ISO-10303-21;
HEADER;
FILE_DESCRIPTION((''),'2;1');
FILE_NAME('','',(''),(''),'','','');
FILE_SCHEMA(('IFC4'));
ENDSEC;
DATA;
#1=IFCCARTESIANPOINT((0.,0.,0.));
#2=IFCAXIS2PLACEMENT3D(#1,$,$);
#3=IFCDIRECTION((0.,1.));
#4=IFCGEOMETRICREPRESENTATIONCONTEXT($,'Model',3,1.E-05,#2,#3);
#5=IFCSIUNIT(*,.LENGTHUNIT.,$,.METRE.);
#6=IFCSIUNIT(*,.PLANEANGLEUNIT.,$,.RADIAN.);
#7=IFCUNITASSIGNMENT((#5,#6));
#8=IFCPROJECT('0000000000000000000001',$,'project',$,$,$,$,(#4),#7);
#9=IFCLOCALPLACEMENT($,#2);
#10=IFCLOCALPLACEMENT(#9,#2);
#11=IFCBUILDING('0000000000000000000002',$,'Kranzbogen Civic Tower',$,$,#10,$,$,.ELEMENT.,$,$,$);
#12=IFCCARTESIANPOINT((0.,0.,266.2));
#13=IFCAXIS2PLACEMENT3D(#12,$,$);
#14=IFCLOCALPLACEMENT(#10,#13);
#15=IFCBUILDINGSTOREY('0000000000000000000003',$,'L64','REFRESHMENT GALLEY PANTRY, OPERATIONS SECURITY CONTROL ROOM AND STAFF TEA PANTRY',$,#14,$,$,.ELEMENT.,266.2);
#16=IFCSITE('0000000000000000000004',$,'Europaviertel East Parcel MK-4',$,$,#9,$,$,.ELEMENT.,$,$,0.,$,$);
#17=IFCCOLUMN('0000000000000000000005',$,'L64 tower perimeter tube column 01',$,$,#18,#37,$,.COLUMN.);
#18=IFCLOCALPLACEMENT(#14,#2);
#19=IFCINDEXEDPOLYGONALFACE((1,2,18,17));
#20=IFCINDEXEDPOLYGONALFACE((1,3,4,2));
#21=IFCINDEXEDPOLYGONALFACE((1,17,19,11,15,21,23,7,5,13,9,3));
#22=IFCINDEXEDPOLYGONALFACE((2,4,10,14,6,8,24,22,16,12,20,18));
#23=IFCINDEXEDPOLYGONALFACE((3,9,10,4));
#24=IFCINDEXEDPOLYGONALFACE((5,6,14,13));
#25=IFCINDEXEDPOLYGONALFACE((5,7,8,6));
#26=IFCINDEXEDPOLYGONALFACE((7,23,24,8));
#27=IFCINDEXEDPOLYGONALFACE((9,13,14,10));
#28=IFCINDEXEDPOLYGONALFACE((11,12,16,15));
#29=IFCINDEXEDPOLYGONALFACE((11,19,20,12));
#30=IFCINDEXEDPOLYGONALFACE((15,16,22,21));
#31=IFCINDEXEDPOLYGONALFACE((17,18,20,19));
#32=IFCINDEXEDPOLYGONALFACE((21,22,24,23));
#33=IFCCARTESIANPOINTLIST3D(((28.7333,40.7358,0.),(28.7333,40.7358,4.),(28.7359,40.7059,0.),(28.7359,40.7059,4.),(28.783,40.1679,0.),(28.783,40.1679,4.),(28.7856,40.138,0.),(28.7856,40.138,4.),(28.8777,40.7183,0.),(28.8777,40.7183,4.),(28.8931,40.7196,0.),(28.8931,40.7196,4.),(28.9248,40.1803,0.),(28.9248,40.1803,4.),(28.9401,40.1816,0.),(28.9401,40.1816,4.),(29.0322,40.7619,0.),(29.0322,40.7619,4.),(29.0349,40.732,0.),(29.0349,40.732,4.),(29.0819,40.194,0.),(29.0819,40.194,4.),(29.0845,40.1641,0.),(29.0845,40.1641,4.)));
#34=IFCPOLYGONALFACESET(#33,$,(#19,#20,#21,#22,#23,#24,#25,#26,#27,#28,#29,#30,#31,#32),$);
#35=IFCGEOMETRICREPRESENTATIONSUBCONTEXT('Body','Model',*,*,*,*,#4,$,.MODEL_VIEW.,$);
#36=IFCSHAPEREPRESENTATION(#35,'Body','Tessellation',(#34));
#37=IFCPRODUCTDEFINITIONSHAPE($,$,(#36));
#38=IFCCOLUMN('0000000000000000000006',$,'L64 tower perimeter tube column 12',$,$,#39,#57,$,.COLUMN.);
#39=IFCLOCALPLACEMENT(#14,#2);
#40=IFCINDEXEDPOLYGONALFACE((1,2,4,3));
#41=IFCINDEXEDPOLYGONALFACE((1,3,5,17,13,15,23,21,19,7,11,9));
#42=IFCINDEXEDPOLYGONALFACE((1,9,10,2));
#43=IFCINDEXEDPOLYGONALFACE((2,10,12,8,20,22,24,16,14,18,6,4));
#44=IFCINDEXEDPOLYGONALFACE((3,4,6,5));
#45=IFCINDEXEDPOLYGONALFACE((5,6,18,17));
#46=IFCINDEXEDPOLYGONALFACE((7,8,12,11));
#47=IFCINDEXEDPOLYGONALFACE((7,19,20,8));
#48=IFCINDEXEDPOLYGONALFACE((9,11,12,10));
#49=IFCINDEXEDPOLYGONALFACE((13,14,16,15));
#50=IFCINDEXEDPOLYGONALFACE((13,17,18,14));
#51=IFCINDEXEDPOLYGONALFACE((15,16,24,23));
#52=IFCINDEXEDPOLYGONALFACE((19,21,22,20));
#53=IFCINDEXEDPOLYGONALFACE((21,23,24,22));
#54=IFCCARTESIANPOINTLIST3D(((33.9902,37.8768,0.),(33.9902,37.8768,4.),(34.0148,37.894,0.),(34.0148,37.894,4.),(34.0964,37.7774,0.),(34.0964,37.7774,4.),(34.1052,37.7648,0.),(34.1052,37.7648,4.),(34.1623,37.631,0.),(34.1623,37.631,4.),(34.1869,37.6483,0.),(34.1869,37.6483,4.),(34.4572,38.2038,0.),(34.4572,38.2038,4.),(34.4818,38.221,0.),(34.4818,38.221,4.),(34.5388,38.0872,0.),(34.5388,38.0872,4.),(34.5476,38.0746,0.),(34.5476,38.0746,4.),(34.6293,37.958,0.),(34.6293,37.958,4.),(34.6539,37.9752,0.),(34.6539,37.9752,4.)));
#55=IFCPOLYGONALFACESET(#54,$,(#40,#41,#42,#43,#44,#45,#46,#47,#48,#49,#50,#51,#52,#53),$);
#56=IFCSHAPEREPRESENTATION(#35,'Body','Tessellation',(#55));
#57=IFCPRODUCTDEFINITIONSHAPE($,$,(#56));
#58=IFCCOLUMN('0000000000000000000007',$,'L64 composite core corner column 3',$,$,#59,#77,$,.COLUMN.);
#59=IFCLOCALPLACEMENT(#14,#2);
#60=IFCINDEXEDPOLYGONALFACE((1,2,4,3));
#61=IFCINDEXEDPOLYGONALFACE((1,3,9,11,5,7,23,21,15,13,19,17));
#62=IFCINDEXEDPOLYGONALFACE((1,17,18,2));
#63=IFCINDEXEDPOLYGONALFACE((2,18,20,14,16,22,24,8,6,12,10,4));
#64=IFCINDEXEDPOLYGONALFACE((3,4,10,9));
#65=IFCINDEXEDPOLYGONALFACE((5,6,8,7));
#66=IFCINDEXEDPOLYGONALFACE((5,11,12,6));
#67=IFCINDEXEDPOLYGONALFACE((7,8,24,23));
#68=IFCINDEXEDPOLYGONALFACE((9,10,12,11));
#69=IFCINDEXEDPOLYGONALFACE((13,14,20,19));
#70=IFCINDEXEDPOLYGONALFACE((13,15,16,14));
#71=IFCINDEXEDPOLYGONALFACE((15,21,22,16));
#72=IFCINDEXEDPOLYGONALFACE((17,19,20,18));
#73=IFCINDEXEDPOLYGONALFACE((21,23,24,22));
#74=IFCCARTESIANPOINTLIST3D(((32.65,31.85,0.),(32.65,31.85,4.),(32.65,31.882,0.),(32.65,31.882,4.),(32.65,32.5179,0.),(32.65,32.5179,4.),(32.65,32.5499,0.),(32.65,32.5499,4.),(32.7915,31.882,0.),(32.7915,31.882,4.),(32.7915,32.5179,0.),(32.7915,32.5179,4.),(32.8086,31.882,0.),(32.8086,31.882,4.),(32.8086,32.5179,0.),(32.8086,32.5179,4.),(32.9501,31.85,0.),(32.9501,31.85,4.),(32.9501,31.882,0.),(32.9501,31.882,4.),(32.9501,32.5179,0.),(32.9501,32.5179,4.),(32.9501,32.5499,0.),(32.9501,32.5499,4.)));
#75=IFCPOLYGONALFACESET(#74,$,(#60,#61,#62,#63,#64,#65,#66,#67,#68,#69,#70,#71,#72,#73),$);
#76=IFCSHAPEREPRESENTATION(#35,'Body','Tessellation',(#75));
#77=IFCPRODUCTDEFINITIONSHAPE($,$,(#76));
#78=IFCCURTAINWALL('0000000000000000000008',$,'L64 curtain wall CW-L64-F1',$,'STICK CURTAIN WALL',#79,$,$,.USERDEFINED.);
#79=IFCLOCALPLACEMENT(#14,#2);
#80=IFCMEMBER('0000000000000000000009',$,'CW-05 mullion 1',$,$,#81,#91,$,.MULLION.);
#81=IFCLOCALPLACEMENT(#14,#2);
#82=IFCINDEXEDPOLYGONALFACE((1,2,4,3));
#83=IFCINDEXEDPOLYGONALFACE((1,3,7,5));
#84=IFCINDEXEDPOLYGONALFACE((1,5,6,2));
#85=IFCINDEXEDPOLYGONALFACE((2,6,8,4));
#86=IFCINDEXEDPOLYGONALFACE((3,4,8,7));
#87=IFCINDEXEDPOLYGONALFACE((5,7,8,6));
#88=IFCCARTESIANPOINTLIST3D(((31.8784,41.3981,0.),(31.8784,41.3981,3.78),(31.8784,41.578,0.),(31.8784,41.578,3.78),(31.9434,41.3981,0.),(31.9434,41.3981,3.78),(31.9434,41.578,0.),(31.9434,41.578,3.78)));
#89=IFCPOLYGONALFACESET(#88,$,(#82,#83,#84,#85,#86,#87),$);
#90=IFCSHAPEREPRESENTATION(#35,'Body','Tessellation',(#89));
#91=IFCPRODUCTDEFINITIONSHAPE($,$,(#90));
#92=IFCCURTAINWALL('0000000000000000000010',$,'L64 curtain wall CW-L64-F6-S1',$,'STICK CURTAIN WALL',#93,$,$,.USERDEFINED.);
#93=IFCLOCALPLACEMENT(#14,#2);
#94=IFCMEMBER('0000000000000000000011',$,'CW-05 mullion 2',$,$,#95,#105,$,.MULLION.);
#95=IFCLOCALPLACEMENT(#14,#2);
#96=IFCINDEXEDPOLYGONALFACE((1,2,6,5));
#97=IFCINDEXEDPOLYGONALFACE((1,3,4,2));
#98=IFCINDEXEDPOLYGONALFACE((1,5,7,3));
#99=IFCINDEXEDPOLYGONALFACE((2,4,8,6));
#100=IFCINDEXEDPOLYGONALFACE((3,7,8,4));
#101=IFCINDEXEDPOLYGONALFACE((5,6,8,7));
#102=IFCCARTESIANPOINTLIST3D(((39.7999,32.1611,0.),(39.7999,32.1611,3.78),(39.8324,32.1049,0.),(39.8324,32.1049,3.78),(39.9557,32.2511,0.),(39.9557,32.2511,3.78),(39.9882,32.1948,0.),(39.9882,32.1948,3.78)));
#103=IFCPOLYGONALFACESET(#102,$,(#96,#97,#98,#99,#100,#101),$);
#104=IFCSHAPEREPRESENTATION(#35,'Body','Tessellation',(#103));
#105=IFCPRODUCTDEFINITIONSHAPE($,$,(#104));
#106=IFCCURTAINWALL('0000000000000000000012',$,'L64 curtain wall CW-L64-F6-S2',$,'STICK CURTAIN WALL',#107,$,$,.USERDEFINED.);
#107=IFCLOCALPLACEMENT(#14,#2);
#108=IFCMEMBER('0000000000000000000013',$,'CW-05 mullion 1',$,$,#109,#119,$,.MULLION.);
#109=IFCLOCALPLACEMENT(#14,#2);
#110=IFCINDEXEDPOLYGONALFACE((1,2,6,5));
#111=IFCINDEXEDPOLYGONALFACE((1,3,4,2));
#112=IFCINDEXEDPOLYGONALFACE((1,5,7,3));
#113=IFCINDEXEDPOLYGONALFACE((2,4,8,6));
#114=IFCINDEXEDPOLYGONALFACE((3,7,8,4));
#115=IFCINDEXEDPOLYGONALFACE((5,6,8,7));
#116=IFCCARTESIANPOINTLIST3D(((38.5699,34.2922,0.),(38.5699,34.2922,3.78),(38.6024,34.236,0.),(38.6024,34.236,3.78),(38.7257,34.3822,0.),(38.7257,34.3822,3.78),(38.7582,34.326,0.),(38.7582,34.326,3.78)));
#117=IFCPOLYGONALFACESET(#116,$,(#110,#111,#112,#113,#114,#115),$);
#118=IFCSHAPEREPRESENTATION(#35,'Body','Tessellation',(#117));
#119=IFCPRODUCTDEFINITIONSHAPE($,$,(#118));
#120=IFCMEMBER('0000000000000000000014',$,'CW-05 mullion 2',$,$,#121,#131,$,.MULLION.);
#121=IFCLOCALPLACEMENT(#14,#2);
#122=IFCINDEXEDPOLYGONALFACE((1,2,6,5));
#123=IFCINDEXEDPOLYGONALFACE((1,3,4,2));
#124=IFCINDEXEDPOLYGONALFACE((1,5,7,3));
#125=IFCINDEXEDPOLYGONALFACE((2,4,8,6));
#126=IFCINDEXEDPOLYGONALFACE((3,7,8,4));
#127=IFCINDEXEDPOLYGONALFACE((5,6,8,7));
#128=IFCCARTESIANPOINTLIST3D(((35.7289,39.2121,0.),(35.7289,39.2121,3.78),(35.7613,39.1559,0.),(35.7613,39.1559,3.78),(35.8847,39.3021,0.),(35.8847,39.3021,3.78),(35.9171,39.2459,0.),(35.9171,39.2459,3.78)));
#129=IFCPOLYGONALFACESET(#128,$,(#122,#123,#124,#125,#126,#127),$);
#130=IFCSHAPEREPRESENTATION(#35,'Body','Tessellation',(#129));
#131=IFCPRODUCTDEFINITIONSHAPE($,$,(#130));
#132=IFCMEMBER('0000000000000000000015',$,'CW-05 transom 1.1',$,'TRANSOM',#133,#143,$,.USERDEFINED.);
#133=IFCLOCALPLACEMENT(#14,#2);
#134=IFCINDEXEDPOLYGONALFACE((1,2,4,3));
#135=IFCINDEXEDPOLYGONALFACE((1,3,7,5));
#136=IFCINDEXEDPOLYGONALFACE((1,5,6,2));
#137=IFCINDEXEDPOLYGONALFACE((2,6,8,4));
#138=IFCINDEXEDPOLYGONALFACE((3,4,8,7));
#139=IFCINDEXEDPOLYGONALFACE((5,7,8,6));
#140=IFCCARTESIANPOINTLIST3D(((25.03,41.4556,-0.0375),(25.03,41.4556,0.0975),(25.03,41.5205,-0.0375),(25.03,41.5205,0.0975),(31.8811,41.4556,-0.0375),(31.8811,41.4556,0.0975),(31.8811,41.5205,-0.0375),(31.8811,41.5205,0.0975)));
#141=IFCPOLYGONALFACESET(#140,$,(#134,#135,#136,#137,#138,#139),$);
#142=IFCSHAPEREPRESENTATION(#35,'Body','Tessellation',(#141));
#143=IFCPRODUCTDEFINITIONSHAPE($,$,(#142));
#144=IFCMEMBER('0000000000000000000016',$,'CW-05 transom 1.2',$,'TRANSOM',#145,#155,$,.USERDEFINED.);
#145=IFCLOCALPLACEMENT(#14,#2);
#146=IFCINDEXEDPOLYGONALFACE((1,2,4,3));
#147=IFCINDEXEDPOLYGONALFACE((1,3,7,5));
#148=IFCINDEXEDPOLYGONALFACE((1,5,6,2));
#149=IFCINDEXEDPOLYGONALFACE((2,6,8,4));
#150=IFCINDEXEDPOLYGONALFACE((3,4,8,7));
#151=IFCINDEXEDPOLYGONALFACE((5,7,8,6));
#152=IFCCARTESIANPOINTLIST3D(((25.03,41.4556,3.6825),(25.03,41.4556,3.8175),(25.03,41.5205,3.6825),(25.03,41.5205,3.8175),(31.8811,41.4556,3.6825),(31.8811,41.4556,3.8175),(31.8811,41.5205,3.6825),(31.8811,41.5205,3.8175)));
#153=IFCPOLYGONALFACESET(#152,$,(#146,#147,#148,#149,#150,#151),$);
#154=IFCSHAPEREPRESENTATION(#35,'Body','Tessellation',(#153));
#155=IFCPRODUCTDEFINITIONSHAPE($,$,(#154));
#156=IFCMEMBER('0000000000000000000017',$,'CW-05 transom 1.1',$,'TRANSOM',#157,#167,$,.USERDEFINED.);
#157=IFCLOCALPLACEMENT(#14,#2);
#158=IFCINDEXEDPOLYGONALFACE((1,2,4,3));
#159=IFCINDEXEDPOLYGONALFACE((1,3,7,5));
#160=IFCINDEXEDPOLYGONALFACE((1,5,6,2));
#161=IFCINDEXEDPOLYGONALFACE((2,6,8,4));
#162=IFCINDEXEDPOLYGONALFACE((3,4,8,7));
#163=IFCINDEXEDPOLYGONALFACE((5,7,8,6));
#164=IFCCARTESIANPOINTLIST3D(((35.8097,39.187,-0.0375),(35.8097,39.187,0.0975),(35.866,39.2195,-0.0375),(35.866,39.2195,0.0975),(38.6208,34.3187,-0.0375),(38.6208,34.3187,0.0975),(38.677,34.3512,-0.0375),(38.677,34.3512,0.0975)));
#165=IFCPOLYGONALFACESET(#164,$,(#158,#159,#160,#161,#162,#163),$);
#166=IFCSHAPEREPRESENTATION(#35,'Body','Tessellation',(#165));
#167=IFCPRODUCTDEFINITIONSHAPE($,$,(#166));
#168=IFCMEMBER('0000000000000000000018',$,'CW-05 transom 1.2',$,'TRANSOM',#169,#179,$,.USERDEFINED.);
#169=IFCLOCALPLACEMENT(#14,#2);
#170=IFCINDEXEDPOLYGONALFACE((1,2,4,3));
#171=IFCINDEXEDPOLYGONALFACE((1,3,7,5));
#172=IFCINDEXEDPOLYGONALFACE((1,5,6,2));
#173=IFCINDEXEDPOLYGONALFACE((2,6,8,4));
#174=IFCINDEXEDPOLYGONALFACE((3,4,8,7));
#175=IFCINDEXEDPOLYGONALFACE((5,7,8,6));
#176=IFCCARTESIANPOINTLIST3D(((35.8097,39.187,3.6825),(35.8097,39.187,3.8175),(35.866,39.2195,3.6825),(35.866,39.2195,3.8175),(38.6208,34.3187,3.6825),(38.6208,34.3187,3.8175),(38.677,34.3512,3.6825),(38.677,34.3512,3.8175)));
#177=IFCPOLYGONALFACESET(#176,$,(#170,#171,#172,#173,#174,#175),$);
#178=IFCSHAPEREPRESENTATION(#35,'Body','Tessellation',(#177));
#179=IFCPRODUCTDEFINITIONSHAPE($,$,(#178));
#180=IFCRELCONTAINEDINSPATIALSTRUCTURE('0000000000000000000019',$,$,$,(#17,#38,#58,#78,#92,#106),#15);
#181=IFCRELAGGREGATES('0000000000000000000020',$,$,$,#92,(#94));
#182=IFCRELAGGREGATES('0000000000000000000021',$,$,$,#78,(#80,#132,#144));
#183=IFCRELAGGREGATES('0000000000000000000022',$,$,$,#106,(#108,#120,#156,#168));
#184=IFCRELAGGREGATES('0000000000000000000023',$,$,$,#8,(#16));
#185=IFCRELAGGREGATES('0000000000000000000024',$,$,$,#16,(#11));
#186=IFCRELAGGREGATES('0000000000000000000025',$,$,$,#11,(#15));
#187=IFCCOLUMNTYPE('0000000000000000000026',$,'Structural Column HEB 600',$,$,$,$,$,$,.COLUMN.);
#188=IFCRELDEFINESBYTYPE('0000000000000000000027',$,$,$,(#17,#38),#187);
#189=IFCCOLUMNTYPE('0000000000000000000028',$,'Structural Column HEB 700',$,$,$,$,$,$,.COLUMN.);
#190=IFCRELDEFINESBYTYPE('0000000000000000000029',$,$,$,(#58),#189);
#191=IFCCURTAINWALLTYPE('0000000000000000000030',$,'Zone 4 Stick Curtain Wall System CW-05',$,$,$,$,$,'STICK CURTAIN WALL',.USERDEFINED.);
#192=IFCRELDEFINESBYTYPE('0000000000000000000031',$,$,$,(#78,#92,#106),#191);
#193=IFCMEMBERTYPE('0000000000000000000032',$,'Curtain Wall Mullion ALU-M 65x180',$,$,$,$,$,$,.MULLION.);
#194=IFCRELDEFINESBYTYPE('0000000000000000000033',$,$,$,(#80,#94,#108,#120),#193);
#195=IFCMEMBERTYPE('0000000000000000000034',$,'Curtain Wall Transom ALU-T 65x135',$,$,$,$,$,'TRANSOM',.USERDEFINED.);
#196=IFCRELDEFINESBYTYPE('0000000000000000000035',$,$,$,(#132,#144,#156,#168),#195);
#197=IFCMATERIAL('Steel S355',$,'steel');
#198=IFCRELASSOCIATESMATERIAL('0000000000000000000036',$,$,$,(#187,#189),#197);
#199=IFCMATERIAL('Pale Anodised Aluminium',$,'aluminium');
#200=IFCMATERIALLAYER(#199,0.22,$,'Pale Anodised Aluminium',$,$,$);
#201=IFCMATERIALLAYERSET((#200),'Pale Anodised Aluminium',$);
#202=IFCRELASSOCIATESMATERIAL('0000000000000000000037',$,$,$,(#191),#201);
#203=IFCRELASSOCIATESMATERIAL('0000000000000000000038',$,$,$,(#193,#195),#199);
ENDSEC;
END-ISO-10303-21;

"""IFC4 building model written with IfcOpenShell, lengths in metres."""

from ifc_helpers import new_model, si_unit, direction, frame, origin, origin_2d, place, context, subcontext, project, spatial, rectangle, i_section, extrude, material, layer, layer_set, material_profile, profile_set, type_object, element, aggregate, save


model = new_model("IFC4")

# Units and contexts
model_context = context("Model", 3, precision=1e-05, world=origin(), true_north=direction((0.0, 1.0)))
body_context = subcontext(model_context, "Body", "Model", "MODEL_VIEW")
ifc_project = project(units=[si_unit("LENGTHUNIT", "METRE"), si_unit("PLANEANGLEUNIT", "RADIAN")], contexts=[model_context])

# Site, building, storey
site_placement = place(None, origin())
site = spatial("IfcSite", under=ifc_project, at=site_placement, Name="Europaviertel East Parcel MK-4", CompositionType="ELEMENT", RefElevation=0.0)
building_placement = place(site_placement, origin())
building = spatial("IfcBuilding", under=site, at=building_placement, Name="Kranzbogen Civic Tower", CompositionType="ELEMENT")
storey_placement = place(building_placement, frame((0.0, 0.0, 266.2)))
storey = spatial("IfcBuildingStorey", under=building, at=storey_placement, Name="L64", Description="REFRESHMENT GALLEY PANTRY, OPERATIONS SECURITY CONTROL ROOM AND STAFF TEA PANTRY", CompositionType="ELEMENT", Elevation=266.2)

# Columns
ifc_material_1 = material(Name="Steel S355", Category="steel")
ifc_material_profile_1 = material_profile(ifc_material_1, i_section(OverallWidth=0.3, OverallDepth=0.6001, WebThickness=0.0154, FlangeThickness=0.03, at=origin_2d()), Name="HEB 600")
ifc_profile_set_1 = profile_set([ifc_material_profile_1], Name="Steel S355")
column_type_1 = type_object("IfcColumnType", Name="Structural Column HEB 600", PredefinedType="COLUMN", material=ifc_profile_set_1)
for number, where, z_axis, x_axis, name in (
    (1, (28.9089, 40.45, 0.0), (0.0, 0.0, 1.0), (0.996195, 0.087156, 0.0), "L64 tower perimeter tube column 01"),
    (2, (34.322, 37.926, 0.0), (0.0, 0.0, 1.0), (-0.573576, 0.819152, 0.0), "L64 tower perimeter tube column 12"),
):
    element("IfcColumn", number, at=place(storey_placement, frame(where, z_axis=z_axis, x_axis=x_axis)), inside=storey, type_object=column_type_1, Name=name, PredefinedType="COLUMN", context=body_context, shape_type="SweptSolid", body=[
        extrude(i_section(OverallWidth=0.3, OverallDepth=0.6001, WebThickness=0.0154, FlangeThickness=0.03, at=origin_2d()), origin(), (0.0, 0.0, 1.0), 4.0),
    ])
ifc_material_profile_2 = material_profile(ifc_material_1, i_section(OverallWidth=0.3, OverallDepth=0.7, WebThickness=0.0171, FlangeThickness=0.032, at=origin_2d()), Name="HEB 700")
ifc_profile_set_2 = profile_set([ifc_material_profile_2], Name="Steel S355")
column_type_2 = type_object("IfcColumnType", Name="Structural Column HEB 700", PredefinedType="COLUMN", material=ifc_profile_set_2)
column_placement = place(storey_placement, frame((32.8, 32.2, 0.0), z_axis=(0.0, 0.0, 1.0), x_axis=(1.0, 0.0, 0.0)))
element("IfcColumn", 3, at=column_placement, inside=storey, type_object=column_type_2, Name="L64 composite core corner column 3", PredefinedType="COLUMN", context=body_context, shape_type="SweptSolid", body=[
    extrude(i_section(OverallWidth=0.3, OverallDepth=0.7, WebThickness=0.0171, FlangeThickness=0.032, at=origin_2d()), origin(), (0.0, 0.0, 1.0), 4.0),
])

# Curtain walls, members
ifc_material_2 = material(Name="Pale Anodised Aluminium", Category="aluminium")
ifc_layer_1 = layer(ifc_material_2, 0.22, Name="Pale Anodised Aluminium")
ifc_layer_set_1 = layer_set([ifc_layer_1], Name="Pale Anodised Aluminium")
curtain_wall_type = type_object("IfcCurtainWallType", Name="Zone 4 Stick Curtain Wall System CW-05", ElementType="STICK CURTAIN WALL", PredefinedType="USERDEFINED", material=ifc_layer_set_1)
curtain_wall_1_placement = place(storey_placement, origin())
curtain_wall_1 = element("IfcCurtainWall", 4, at=curtain_wall_1_placement, inside=storey, type_object=curtain_wall_type, Name="L64 curtain wall CW-L64-F1", ObjectType="STICK CURTAIN WALL", PredefinedType="USERDEFINED")
ifc_material_profile_3 = material_profile(ifc_material_2, rectangle(XDim=0.0649, YDim=0.1799, at=origin_2d()), Name="ALU-M 65x180")
ifc_profile_set_3 = profile_set([ifc_material_profile_3], Name="Pale Anodised Aluminium")
member_type_1 = type_object("IfcMemberType", Name="Curtain Wall Mullion ALU-M 65x180", PredefinedType="MULLION", material=ifc_profile_set_3)
member_1_placement = place(storey_placement, frame((31.9109, 41.488, 0.0), z_axis=(0.0, 0.0, 1.0), x_axis=(-1.0, 0.0, 0.0)))
member_1 = element("IfcMember", 5, at=member_1_placement, type_object=member_type_1, Name="CW-05 mullion 1", PredefinedType="MULLION", context=body_context, shape_type="SweptSolid", body=[
    extrude(rectangle(XDim=0.0649, YDim=0.1799, at=origin_2d()), origin(), (0.0, 0.0, 1.0), 3.78),
])
curtain_wall_2_placement = place(storey_placement, origin())
curtain_wall_2 = element("IfcCurtainWall", 6, at=curtain_wall_2_placement, inside=storey, type_object=curtain_wall_type, Name="L64 curtain wall CW-L64-F6-S1", ObjectType="STICK CURTAIN WALL", PredefinedType="USERDEFINED")
member_2_placement = place(storey_placement, frame((39.894, 32.178, 0.0), z_axis=(0.0, 0.0, 1.0), x_axis=(-0.499999, 0.866026, 0.0)))
member_2 = element("IfcMember", 7, at=member_2_placement, type_object=member_type_1, Name="CW-05 mullion 2", PredefinedType="MULLION", context=body_context, shape_type="SweptSolid", body=[
    extrude(rectangle(XDim=0.0649, YDim=0.1799, at=origin_2d()), origin(), (0.0, 0.0, 1.0), 3.78),
])
aggregate(curtain_wall_2, [member_2])

# Curtain wall, members
curtain_wall_3_placement = place(storey_placement, origin())
curtain_wall_3 = element("IfcCurtainWall", 8, at=curtain_wall_3_placement, inside=storey, type_object=curtain_wall_type, Name="L64 curtain wall CW-L64-F6-S2", ObjectType="STICK CURTAIN WALL", PredefinedType="USERDEFINED")
member_3_placement = place(storey_placement, frame((38.6641, 34.3091, 0.0), z_axis=(0.0, 0.0, 1.0), x_axis=(-0.500054, 0.865994, 0.0)))
member_3 = element("IfcMember", 9, at=member_3_placement, type_object=member_type_1, Name="CW-05 mullion 1", PredefinedType="MULLION", context=body_context, shape_type="SweptSolid", body=[
    extrude(rectangle(XDim=0.0649, YDim=0.1799, at=origin_2d()), origin(), (0.0, 0.0, 1.0), 3.78),
])
member_4_placement = place(storey_placement, frame((35.823, 39.229, 0.0), z_axis=(0.0, 0.0, 1.0), x_axis=(-0.500054, 0.865994, 0.0)))
member_4 = element("IfcMember", 10, at=member_4_placement, type_object=member_type_1, Name="CW-05 mullion 2", PredefinedType="MULLION", context=body_context, shape_type="SweptSolid", body=[
    extrude(rectangle(XDim=0.0649, YDim=0.1799, at=origin_2d()), origin(), (0.0, 0.0, 1.0), 3.78),
])

# Members
ifc_material_profile_4 = material_profile(ifc_material_2, rectangle(XDim=0.0649, YDim=0.135, at=origin_2d()), Name="ALU-T 65x135")
ifc_profile_set_4 = profile_set([ifc_material_profile_4], Name="Pale Anodised Aluminium")
member_type_2 = type_object("IfcMemberType", Name="Curtain Wall Transom ALU-T 65x135", ElementType="TRANSOM", PredefinedType="USERDEFINED", material=ifc_profile_set_4)
member_5_placement = place(storey_placement, frame((31.8811, 41.488, 0.03), z_axis=(-1.0, 0.0, 0.0), x_axis=(0.0, -1.0, 0.0)))
member_5 = element("IfcMember", 11, at=member_5_placement, type_object=member_type_2, Name="CW-05 transom 1.1", ObjectType="TRANSOM", PredefinedType="USERDEFINED", context=body_context, shape_type="SweptSolid", body=[
    extrude(rectangle(XDim=0.0649, YDim=0.135, at=origin_2d()), origin(), (0.0, 0.0, 1.0), 6.8511),
])
member_6_placement = place(storey_placement, frame((31.8811, 41.488, 3.75), z_axis=(-1.0, 0.0, 0.0), x_axis=(0.0, -1.0, 0.0)))
member_6 = element("IfcMember", 12, at=member_6_placement, type_object=member_type_2, Name="CW-05 transom 1.2", ObjectType="TRANSOM", PredefinedType="USERDEFINED", context=body_context, shape_type="SweptSolid", body=[
    extrude(rectangle(XDim=0.0649, YDim=0.135, at=origin_2d()), origin(), (0.0, 0.0, 1.0), 6.8511),
])
aggregate(curtain_wall_1, [member_1, member_5, member_6])
member_7_placement = place(storey_placement, frame((38.6489, 34.335, 0.03), z_axis=(-0.500053, 0.865995, 0.0), x_axis=(-0.865995, -0.500053, 0.0)))
member_7 = element("IfcMember", 13, at=member_7_placement, type_object=member_type_2, Name="CW-05 transom 1.1", ObjectType="TRANSOM", PredefinedType="USERDEFINED", context=body_context, shape_type="SweptSolid", body=[
    extrude(rectangle(XDim=0.0649, YDim=0.135, at=origin_2d()), origin(), (0.0, 0.0, 1.0), 5.6216),
])
member_8_placement = place(storey_placement, frame((38.6489, 34.335, 3.75), z_axis=(-0.500053, 0.865995, 0.0), x_axis=(-0.865995, -0.500053, 0.0)))
member_8 = element("IfcMember", 14, at=member_8_placement, type_object=member_type_2, Name="CW-05 transom 1.2", ObjectType="TRANSOM", PredefinedType="USERDEFINED", context=body_context, shape_type="SweptSolid", body=[
    extrude(rectangle(XDim=0.0649, YDim=0.135, at=origin_2d()), origin(), (0.0, 0.0, 1.0), 5.6216),
])

aggregate(curtain_wall_3, [member_3, member_4, member_7, member_8])

save(model, "model.ifc")
